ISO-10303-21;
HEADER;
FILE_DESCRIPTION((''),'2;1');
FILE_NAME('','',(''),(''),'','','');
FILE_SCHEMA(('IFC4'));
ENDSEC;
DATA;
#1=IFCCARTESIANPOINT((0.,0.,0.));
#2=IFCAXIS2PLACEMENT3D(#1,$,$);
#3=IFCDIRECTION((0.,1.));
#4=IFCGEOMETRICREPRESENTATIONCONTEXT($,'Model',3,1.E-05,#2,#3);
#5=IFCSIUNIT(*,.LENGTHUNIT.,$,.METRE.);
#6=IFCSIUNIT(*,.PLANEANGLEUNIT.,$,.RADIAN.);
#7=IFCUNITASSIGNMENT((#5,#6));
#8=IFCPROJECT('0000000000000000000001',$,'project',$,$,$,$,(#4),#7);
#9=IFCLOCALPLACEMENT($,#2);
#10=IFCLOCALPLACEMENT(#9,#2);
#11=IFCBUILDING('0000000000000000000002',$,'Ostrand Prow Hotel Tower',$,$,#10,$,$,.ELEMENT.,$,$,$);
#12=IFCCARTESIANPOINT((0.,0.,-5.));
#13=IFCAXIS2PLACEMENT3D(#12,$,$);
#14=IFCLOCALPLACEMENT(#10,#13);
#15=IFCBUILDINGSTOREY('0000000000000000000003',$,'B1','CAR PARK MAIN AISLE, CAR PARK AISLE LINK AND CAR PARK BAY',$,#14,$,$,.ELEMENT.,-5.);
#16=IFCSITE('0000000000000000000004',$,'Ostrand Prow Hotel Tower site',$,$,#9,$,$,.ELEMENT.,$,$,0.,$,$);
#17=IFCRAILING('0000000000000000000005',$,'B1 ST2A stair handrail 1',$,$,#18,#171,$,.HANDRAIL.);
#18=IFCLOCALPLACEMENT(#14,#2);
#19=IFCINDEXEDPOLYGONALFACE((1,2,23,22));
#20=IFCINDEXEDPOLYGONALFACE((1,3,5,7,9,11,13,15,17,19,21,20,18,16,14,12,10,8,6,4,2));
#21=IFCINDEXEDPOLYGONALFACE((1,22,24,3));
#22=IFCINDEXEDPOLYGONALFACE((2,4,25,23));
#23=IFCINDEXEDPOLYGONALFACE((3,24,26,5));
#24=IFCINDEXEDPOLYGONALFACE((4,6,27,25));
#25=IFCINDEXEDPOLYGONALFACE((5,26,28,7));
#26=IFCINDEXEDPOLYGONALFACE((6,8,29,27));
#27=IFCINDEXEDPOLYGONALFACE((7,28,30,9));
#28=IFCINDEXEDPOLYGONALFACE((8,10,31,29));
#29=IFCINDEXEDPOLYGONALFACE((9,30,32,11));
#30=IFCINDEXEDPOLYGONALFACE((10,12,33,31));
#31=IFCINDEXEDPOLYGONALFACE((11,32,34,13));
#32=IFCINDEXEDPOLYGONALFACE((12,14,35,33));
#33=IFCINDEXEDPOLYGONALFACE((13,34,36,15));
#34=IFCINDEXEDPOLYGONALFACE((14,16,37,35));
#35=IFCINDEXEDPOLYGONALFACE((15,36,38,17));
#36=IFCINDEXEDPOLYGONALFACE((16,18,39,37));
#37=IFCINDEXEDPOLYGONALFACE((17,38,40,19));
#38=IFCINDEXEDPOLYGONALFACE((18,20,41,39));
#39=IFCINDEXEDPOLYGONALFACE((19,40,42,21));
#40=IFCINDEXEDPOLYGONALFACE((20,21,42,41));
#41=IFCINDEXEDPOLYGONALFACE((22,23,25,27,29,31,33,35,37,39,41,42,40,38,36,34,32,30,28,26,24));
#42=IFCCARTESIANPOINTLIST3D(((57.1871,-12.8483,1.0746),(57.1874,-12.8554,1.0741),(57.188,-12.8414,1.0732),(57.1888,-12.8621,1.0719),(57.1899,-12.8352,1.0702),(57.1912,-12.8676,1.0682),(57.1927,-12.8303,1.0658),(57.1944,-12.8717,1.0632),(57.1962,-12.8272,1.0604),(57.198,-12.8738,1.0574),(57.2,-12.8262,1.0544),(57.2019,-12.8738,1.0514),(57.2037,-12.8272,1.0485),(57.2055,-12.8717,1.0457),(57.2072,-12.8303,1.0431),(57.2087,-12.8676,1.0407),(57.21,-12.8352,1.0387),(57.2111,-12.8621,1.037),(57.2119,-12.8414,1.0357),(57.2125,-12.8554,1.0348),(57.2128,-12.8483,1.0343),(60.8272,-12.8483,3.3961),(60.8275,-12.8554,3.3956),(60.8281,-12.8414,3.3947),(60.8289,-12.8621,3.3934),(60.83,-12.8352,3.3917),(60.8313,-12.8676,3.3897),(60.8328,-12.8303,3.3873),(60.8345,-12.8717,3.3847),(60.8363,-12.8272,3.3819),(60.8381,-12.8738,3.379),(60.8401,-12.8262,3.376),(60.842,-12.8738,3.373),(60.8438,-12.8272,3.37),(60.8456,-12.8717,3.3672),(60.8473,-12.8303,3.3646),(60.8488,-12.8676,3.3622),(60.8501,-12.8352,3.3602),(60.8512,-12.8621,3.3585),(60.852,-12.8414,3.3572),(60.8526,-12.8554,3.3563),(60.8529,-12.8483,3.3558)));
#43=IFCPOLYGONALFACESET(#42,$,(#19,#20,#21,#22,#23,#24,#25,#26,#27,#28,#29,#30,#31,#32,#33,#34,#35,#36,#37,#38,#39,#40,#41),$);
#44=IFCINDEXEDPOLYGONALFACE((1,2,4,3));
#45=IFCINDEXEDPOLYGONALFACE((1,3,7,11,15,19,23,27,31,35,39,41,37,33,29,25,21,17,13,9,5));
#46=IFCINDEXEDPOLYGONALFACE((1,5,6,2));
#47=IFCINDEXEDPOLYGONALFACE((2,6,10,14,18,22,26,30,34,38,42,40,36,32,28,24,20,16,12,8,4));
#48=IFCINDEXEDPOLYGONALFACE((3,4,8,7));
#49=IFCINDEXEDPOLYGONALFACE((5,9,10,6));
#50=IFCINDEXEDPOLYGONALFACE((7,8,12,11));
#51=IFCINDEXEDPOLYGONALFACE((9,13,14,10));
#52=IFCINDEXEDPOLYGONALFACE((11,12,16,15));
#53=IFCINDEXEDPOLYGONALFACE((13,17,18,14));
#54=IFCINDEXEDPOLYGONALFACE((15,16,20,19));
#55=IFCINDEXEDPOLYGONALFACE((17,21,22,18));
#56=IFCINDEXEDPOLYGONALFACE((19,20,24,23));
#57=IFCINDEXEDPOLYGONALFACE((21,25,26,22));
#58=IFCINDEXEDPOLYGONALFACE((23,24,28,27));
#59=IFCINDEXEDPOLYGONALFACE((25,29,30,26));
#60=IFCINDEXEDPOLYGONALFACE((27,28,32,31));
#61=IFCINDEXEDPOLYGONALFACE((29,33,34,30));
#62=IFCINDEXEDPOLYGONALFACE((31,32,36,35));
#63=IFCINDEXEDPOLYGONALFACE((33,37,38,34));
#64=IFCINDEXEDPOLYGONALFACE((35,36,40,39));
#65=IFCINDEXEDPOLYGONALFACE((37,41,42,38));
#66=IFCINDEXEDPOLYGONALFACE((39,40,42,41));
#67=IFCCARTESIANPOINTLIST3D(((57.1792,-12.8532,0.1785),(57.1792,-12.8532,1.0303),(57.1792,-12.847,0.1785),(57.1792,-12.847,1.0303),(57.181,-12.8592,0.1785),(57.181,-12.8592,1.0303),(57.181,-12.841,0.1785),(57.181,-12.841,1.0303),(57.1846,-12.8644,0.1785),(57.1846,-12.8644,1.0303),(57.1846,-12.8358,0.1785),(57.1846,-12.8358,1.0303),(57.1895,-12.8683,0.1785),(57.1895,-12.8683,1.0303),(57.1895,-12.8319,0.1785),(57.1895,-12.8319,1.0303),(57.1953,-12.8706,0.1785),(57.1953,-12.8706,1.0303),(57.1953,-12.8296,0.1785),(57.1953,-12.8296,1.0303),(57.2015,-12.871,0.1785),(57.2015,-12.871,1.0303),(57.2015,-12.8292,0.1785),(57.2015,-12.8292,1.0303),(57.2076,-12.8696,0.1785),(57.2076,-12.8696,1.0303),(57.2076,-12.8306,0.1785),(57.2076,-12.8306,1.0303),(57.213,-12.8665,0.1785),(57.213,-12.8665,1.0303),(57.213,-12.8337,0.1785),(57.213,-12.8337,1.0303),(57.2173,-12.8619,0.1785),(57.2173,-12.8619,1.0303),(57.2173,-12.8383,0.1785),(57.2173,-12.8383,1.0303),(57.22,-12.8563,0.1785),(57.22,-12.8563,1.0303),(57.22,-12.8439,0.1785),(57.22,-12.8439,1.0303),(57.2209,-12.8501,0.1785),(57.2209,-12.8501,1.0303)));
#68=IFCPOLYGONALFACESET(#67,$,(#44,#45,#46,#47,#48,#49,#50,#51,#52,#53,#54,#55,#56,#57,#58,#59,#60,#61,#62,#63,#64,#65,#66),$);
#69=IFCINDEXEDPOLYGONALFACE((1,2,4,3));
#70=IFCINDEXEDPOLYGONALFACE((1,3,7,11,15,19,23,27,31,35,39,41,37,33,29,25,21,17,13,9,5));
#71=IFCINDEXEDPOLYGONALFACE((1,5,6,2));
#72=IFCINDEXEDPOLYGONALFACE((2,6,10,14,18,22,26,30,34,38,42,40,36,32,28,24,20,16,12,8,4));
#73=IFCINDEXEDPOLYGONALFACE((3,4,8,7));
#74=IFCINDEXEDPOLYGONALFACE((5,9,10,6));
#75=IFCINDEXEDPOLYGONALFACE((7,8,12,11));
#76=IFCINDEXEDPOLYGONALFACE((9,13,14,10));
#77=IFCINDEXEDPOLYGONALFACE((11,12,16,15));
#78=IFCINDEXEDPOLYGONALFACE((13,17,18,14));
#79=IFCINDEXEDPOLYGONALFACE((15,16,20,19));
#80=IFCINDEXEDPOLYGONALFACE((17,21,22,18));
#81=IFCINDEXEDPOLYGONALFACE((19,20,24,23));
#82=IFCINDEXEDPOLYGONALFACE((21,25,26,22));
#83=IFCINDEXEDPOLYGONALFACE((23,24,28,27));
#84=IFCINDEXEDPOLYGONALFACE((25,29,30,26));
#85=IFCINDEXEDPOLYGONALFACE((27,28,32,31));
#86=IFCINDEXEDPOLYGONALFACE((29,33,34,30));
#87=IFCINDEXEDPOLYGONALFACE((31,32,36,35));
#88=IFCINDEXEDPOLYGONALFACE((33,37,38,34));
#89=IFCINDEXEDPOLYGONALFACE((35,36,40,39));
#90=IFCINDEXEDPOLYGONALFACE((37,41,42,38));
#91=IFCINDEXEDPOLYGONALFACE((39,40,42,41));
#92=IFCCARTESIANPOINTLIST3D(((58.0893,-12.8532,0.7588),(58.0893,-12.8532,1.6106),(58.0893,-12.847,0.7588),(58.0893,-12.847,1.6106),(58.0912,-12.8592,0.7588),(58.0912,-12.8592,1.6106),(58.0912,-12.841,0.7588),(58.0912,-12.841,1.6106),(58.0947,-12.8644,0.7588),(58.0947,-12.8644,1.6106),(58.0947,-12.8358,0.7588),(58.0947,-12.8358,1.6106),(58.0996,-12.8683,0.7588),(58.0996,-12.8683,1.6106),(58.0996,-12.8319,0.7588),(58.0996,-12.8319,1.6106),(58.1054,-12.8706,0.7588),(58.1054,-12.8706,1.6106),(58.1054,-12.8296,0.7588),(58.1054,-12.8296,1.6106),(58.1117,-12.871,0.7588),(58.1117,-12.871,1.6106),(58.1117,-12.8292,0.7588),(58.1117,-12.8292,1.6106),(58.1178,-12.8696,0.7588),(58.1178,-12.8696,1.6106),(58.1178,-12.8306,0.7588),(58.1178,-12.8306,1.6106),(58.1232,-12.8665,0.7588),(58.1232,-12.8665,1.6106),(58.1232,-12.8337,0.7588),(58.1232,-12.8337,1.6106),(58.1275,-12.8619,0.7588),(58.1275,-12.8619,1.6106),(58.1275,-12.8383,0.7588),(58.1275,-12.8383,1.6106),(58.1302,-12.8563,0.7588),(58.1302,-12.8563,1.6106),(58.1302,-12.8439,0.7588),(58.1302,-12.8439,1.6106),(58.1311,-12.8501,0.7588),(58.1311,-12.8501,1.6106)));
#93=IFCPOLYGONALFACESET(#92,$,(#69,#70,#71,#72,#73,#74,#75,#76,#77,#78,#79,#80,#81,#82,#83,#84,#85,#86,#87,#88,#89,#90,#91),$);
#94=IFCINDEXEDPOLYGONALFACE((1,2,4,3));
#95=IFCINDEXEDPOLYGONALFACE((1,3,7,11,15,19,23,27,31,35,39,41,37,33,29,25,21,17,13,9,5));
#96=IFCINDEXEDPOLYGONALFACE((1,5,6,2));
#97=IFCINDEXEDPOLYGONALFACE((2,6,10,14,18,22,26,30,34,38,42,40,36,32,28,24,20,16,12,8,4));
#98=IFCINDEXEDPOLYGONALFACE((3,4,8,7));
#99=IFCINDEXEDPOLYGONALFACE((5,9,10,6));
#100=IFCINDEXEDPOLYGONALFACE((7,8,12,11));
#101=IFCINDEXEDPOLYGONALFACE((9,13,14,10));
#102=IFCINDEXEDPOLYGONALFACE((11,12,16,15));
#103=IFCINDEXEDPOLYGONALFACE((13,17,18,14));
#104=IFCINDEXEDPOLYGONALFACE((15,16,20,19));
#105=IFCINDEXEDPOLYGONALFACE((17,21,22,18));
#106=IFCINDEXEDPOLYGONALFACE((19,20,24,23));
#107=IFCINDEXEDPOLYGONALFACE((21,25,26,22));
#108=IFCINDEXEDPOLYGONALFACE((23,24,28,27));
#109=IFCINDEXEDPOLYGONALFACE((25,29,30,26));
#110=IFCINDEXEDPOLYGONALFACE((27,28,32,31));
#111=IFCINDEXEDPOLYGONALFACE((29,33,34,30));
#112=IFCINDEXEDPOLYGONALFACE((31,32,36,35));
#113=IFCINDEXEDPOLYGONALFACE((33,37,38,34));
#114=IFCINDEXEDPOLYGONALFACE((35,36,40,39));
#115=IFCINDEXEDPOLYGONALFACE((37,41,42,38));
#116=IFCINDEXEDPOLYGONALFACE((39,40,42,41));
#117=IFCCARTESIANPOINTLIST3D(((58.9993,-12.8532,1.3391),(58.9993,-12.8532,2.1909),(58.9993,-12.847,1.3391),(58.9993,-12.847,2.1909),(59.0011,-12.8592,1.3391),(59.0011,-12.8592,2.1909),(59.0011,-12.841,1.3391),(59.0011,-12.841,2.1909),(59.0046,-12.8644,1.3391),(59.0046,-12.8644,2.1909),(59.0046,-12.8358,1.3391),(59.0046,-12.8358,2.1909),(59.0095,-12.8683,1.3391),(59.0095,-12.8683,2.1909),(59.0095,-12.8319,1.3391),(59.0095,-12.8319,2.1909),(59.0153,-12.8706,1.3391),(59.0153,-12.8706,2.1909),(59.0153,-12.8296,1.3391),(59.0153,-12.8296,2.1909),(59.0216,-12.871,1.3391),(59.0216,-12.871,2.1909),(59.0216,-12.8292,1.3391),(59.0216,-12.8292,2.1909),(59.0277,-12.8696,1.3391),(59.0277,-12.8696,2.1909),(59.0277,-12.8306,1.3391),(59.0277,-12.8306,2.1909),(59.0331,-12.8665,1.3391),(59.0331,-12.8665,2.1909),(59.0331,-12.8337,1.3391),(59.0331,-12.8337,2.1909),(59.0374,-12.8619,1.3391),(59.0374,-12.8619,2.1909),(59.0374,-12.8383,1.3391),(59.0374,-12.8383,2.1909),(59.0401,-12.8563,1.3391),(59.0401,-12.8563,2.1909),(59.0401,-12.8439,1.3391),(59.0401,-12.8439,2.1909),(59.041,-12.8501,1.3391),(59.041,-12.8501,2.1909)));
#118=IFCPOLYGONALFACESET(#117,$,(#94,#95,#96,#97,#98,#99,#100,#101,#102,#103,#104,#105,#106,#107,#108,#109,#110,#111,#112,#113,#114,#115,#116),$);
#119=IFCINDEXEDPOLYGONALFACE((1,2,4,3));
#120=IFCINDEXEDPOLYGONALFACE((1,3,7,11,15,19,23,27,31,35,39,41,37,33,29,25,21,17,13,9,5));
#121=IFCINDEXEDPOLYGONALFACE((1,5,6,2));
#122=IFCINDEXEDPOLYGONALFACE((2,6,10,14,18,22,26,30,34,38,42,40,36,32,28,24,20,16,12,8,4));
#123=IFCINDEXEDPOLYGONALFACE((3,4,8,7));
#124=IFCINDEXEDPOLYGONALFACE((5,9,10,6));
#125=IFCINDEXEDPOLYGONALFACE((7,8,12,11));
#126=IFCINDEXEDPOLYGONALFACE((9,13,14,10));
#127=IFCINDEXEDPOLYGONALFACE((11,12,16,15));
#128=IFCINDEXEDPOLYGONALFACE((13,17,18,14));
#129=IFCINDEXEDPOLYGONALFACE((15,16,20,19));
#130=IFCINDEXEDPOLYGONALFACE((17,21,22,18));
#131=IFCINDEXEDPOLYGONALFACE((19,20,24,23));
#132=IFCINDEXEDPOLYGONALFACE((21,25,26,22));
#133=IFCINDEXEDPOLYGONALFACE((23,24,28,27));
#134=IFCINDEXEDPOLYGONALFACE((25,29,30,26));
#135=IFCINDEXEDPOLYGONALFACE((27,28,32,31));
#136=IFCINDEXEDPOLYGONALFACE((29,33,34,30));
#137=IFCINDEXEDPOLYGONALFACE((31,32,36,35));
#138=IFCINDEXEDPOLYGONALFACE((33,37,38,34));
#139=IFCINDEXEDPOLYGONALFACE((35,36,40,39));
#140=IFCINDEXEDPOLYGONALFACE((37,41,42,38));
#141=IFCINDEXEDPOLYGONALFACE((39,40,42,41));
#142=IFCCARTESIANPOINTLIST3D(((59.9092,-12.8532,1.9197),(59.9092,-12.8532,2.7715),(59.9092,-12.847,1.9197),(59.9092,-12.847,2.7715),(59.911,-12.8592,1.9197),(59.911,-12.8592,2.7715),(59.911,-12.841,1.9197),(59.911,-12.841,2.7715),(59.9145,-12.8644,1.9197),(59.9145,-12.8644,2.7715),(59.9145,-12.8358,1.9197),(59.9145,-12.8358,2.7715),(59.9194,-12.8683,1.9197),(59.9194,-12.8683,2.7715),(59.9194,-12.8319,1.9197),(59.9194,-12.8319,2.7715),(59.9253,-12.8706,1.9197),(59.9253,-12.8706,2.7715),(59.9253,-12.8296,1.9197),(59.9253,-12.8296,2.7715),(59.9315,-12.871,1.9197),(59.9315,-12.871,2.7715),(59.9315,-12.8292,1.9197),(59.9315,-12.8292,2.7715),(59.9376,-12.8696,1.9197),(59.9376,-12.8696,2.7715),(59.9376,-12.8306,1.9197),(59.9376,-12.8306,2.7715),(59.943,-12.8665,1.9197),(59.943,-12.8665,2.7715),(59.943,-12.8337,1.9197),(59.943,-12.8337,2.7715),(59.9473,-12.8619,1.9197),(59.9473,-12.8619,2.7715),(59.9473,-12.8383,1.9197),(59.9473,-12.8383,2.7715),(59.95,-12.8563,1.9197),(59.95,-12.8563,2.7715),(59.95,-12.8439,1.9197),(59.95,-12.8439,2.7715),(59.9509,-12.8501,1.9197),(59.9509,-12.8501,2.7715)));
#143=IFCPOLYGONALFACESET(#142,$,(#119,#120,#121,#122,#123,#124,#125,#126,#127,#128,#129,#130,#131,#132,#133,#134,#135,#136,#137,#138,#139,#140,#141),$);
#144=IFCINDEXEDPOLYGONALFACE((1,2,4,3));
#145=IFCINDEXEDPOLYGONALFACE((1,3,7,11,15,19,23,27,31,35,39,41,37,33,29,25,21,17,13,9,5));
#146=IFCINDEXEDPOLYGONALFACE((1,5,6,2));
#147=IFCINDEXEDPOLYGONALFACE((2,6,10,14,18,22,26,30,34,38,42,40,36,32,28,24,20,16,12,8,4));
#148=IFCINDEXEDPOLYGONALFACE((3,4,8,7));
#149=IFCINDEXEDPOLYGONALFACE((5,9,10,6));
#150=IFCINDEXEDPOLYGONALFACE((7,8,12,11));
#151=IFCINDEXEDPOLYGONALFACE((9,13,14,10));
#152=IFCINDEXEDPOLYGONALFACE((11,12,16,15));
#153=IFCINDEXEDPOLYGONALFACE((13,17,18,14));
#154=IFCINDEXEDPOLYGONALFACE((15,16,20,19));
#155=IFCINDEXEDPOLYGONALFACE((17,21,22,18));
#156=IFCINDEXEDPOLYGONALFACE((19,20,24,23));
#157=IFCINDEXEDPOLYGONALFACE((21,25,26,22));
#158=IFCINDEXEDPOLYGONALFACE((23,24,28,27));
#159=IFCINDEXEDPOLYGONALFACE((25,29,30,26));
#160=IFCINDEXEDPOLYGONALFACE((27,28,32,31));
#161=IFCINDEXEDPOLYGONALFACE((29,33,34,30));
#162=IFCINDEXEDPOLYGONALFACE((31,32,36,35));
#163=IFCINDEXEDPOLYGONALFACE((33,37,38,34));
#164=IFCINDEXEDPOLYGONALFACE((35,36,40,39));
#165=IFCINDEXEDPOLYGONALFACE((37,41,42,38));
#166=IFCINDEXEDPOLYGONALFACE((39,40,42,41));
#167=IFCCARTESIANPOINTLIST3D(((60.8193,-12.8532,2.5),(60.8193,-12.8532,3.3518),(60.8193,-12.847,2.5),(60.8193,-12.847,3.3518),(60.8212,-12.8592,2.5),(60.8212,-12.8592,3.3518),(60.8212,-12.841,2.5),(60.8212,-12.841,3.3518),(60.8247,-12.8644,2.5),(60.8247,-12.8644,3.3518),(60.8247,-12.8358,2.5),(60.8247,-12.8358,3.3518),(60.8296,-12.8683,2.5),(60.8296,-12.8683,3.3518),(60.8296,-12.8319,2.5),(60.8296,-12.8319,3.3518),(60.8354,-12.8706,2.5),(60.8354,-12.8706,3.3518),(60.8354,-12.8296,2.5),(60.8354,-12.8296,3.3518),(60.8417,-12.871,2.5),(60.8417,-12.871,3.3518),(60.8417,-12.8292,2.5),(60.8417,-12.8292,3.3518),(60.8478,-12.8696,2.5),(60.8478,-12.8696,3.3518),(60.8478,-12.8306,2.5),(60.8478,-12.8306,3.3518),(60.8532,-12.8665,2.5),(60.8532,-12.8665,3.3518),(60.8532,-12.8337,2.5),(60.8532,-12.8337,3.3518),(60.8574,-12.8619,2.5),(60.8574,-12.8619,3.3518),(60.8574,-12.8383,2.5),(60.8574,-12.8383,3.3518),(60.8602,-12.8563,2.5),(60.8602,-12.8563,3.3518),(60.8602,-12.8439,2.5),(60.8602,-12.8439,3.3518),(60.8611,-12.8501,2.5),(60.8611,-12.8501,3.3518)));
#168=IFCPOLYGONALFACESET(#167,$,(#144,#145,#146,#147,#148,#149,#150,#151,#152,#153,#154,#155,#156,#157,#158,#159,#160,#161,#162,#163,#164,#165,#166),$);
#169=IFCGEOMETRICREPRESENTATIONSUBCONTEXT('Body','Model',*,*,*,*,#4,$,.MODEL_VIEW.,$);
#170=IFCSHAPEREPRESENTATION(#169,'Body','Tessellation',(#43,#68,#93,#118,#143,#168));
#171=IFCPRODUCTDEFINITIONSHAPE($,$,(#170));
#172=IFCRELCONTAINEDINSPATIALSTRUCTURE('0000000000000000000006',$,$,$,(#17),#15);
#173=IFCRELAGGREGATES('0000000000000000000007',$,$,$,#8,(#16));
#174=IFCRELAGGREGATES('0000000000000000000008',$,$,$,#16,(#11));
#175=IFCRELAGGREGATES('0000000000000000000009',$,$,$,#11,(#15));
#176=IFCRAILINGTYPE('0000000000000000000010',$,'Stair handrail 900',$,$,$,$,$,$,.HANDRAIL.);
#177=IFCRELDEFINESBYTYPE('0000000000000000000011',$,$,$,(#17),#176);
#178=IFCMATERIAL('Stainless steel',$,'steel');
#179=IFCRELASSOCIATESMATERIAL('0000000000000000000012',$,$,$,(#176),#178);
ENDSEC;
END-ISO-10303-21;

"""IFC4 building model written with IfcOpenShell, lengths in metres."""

from ifc_helpers import new_model, si_unit, direction, frame, origin, origin_2d, place, context, subcontext, project, spatial, circle, extrude, material, type_object, element, save


model = new_model("IFC4")

# Units and contexts
model_context = context("Model", 3, precision=1e-05, world=origin(), true_north=direction((0.0, 1.0)))
body_context = subcontext(model_context, "Body", "Model", "MODEL_VIEW")
ifc_project = project(units=[si_unit("LENGTHUNIT", "METRE"), si_unit("PLANEANGLEUNIT", "RADIAN")], contexts=[model_context])

# Site, building, storey
site_placement = place(None, origin())
site = spatial("IfcSite", under=ifc_project, at=site_placement, Name="Ostrand Prow Hotel Tower site", CompositionType="ELEMENT", RefElevation=0.0)
building_placement = place(site_placement, origin())
building = spatial("IfcBuilding", under=site, at=building_placement, Name="Ostrand Prow Hotel Tower", CompositionType="ELEMENT")
storey_placement = place(building_placement, frame((0.0, 0.0, -5.0)))
storey = spatial("IfcBuildingStorey", under=building, at=storey_placement, Name="B1", Description="CAR PARK MAIN AISLE, CAR PARK AISLE LINK AND CAR PARK BAY", CompositionType="ELEMENT", Elevation=-5.0)

# Railing
ifc_material_1 = material(Name="Stainless steel", Category="steel")
railing_type_1 = type_object("IfcRailingType", Name="Stair handrail 900", PredefinedType="HANDRAIL", material=ifc_material_1)
railing_1_placement = place(storey_placement, frame((57.2, -12.8501, 0.1785)))
element("IfcRailing", 1, at=railing_1_placement, inside=storey, type_object=railing_type_1, Name="B1 ST2A stair handrail 1", PredefinedType="HANDRAIL", context=body_context, shape_type="SweptSolid", body=[
    extrude(circle(Radius=0.0239, at=origin_2d()), frame((0.0, 0.0, 0.876), z_axis=(0.843128, 0.0, 0.537713), x_axis=(0.0, 1.0, 0.0)), (0.0, 0.0, 1.0), 4.3174),
    extrude(circle(Radius=0.021, at=origin_2d()), origin(), (0.0, 0.0, 1.0), 0.8518),
    extrude(circle(Radius=0.021, at=origin_2d()), frame((0.9102, 0.0, 0.5803)), (0.0, 0.0, 1.0), 0.8518),
    extrude(circle(Radius=0.021, at=origin_2d()), frame((1.8201, 0.0, 1.1606)), (0.0, 0.0, 1.0), 0.8518),
    extrude(circle(Radius=0.021, at=origin_2d()), frame((2.73, 0.0, 1.7412)), (0.0, 0.0, 1.0), 0.8518),
    extrude(circle(Radius=0.021, at=origin_2d()), frame((3.6401, 0.0, 2.3215)), (0.0, 0.0, 1.0), 0.8518),
])

save(model, "model.ifc")
